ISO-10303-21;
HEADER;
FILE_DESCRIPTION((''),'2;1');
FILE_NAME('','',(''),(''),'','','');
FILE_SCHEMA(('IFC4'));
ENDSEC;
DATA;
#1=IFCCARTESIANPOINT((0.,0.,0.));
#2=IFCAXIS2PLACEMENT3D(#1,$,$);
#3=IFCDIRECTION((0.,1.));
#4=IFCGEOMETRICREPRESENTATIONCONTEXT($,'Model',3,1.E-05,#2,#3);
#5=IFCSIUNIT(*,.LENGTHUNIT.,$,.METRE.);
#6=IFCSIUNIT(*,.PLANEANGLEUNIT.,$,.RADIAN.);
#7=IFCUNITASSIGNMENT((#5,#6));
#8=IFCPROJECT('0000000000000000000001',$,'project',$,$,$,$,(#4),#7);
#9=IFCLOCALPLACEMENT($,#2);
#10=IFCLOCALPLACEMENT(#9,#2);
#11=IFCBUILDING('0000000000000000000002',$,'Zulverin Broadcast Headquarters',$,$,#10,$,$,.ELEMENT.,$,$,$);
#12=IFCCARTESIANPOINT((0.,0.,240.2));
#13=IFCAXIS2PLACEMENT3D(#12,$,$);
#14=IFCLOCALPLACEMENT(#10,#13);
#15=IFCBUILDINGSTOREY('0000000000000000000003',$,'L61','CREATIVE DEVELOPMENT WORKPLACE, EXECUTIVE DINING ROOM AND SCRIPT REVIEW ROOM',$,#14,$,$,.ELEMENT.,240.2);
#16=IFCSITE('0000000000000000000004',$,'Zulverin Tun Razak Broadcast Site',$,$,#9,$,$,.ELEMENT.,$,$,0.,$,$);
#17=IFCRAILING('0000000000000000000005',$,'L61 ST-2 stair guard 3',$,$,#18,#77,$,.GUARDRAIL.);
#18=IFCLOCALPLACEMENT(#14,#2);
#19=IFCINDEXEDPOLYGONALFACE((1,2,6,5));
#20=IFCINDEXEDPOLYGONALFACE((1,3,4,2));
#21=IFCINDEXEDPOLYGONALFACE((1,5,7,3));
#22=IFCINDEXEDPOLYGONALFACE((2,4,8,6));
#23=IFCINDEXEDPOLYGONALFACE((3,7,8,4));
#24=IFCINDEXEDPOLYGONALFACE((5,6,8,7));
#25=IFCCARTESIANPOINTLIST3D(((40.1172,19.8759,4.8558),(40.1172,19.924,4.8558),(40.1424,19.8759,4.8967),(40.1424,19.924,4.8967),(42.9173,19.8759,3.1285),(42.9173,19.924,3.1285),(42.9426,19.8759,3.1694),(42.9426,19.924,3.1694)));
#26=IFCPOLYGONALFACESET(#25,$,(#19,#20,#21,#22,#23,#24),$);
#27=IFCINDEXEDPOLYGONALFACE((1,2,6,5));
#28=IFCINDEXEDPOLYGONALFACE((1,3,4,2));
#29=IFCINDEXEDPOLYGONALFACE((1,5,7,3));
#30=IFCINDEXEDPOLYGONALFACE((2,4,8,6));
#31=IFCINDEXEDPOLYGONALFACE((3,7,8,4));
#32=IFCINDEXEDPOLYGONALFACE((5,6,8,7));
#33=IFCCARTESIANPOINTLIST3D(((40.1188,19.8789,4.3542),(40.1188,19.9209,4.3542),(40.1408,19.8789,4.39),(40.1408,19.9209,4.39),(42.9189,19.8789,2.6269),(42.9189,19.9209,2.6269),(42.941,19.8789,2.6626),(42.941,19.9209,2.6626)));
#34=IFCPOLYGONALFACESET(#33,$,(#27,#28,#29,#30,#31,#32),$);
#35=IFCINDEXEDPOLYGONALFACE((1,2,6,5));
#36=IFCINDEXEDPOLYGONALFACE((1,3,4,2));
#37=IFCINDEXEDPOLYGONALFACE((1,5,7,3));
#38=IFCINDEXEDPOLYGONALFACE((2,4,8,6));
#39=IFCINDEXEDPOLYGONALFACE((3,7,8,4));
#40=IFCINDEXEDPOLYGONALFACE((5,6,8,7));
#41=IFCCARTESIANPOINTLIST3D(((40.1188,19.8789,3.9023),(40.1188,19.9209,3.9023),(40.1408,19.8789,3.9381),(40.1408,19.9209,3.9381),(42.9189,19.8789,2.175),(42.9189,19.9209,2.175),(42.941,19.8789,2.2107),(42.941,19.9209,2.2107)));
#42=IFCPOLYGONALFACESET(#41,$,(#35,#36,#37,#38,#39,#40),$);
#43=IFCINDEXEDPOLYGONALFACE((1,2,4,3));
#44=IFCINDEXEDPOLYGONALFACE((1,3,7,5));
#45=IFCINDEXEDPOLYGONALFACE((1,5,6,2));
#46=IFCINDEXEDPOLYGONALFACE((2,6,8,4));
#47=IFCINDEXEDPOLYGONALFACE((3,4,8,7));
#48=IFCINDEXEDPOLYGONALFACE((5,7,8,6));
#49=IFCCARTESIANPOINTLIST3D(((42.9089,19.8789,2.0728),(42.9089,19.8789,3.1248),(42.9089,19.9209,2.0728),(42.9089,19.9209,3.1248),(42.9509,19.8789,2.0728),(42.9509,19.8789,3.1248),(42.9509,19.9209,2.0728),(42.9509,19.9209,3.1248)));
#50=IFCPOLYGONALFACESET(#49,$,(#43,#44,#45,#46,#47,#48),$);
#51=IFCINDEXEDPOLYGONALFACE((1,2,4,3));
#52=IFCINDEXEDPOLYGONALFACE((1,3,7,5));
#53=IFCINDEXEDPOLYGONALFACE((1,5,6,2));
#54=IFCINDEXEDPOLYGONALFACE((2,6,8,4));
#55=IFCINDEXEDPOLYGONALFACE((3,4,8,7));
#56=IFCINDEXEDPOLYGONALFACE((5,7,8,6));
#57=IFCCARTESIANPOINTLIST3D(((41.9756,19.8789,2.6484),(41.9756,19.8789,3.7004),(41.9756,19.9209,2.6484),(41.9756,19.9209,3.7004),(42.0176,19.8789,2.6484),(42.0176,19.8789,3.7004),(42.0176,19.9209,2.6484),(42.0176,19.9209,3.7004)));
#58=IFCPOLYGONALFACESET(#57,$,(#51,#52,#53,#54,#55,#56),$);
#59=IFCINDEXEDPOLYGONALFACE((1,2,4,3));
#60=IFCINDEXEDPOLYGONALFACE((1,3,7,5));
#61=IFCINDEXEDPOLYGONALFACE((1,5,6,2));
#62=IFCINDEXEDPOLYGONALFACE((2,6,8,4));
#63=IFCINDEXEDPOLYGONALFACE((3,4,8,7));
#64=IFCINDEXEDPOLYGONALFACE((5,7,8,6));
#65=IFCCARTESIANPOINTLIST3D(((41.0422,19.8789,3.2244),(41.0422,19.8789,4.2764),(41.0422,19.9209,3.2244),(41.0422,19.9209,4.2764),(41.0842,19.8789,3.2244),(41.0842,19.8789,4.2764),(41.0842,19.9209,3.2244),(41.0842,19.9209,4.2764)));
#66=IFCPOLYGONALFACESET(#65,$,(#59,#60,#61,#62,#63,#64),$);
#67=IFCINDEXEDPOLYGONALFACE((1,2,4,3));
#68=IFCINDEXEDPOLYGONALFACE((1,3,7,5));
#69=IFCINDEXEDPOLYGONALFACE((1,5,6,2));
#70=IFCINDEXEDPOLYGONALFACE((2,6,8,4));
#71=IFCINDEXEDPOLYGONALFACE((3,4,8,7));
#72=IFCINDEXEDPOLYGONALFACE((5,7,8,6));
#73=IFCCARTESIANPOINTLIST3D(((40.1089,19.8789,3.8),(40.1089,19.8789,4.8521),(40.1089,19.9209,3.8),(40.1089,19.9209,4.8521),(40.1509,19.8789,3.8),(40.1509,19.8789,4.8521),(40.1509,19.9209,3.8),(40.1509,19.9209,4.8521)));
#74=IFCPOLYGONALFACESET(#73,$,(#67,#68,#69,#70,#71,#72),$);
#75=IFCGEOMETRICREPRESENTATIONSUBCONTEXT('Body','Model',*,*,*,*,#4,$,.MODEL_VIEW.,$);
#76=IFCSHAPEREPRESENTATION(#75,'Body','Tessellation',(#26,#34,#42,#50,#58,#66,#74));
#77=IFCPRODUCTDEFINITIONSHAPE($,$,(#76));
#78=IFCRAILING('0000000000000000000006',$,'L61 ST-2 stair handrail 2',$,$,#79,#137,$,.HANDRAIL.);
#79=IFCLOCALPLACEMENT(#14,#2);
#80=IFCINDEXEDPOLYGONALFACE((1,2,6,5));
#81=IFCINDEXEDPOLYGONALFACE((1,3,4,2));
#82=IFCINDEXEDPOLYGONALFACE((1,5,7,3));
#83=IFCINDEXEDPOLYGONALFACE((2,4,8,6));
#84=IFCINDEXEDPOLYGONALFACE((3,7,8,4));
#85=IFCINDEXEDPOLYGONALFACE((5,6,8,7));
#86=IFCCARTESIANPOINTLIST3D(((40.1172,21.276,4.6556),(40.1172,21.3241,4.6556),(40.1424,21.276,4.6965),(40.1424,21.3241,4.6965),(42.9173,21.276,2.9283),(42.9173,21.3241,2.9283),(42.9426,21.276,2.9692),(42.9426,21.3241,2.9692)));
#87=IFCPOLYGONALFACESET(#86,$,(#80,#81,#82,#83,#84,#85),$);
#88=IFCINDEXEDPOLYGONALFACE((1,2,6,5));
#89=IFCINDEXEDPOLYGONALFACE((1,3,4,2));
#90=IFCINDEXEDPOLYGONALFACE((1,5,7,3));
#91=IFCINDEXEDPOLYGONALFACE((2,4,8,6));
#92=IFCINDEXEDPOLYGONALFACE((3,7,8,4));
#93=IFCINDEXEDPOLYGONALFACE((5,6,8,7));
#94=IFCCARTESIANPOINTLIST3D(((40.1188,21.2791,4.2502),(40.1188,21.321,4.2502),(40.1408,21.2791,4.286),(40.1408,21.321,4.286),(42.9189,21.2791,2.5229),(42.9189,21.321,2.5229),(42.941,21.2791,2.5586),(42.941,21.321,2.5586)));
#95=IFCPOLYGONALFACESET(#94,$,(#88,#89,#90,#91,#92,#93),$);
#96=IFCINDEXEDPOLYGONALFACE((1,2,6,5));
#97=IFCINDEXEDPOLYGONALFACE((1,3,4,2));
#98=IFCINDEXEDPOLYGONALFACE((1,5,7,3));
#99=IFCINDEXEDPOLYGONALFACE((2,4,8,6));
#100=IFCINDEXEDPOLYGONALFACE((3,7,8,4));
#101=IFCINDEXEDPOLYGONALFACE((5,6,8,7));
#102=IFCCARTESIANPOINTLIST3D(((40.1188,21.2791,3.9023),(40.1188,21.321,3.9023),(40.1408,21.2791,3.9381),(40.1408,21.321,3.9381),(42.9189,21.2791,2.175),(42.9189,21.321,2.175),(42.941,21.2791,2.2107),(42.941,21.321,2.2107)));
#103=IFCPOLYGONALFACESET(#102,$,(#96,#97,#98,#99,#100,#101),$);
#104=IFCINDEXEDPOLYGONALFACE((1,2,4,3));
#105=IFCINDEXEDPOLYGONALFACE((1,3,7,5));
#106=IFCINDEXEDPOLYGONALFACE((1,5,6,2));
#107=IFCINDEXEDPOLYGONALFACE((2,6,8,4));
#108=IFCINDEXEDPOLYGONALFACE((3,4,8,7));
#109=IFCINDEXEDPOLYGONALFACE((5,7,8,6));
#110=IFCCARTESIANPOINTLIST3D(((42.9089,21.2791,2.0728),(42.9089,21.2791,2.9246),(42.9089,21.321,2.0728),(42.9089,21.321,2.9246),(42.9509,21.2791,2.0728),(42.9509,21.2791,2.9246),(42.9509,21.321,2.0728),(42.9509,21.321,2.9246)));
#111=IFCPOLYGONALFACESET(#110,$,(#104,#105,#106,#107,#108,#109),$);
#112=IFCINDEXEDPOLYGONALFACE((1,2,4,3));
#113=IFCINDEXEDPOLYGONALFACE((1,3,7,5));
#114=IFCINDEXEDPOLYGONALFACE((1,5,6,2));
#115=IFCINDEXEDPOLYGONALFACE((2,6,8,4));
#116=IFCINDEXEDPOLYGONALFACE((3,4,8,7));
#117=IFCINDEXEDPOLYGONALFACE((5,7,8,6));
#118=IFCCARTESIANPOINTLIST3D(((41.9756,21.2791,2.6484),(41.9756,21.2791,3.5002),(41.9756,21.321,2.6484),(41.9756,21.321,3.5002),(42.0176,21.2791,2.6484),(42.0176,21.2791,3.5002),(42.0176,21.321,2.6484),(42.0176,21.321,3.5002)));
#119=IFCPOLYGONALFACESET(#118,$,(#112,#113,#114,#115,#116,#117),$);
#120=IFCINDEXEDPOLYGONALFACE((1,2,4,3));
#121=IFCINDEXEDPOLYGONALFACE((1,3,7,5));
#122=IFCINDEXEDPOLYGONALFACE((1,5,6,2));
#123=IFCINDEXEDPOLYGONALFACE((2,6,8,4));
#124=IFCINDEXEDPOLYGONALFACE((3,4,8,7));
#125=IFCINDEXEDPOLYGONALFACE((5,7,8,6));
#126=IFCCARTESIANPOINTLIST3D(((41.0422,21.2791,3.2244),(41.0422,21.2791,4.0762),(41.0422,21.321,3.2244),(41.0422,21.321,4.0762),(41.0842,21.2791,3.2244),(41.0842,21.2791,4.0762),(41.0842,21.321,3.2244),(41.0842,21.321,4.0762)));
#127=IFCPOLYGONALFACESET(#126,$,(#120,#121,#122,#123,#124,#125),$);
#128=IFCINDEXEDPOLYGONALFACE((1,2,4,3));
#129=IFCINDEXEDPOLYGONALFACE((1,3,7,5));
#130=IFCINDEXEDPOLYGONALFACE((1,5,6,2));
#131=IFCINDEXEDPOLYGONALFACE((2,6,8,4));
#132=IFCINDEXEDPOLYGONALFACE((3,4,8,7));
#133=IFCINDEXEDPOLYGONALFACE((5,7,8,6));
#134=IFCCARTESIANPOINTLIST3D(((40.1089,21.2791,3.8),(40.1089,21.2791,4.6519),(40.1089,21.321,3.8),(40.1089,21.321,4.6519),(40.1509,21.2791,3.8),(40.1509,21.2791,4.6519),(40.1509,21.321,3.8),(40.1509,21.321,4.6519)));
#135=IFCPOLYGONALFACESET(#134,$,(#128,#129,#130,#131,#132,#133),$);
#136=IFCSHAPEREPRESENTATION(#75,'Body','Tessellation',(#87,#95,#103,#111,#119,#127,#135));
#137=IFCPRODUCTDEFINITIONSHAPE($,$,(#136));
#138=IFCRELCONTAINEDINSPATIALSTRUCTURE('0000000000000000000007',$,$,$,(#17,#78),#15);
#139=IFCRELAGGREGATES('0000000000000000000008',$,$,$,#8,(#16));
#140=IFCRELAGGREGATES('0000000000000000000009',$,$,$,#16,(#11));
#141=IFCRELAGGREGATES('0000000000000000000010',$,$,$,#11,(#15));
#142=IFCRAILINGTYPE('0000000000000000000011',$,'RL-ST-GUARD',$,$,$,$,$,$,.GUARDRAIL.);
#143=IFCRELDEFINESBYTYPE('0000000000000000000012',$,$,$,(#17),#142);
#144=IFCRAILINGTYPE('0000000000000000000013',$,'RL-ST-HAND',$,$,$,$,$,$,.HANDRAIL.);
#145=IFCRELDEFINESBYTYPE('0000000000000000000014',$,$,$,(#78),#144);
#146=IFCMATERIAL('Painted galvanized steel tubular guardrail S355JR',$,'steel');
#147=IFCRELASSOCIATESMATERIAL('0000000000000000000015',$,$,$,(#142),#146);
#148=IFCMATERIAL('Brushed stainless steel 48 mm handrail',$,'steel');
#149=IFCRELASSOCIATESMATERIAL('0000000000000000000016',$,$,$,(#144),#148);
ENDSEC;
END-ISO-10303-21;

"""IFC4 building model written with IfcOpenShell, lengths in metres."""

from ifc_helpers import new_model, si_unit, direction, frame, origin, origin_2d, place, context, subcontext, project, spatial, rectangle, extrude, material, type_object, element, save


model = new_model("IFC4")

# Units and contexts
model_context = context("Model", 3, precision=1e-05, world=origin(), true_north=direction((0.0, 1.0)))
body_context = subcontext(model_context, "Body", "Model", "MODEL_VIEW")
ifc_project = project(units=[si_unit("LENGTHUNIT", "METRE"), si_unit("PLANEANGLEUNIT", "RADIAN")], contexts=[model_context])

# Site, building, storey
site_placement = place(None, origin())
site = spatial("IfcSite", under=ifc_project, at=site_placement, Name="Zulverin Tun Razak Broadcast Site", CompositionType="ELEMENT", RefElevation=0.0)
building_placement = place(site_placement, origin())
building = spatial("IfcBuilding", under=site, at=building_placement, Name="Zulverin Broadcast Headquarters", CompositionType="ELEMENT")
storey_placement = place(building_placement, frame((0.0, 0.0, 240.2)))
storey = spatial("IfcBuildingStorey", under=building, at=storey_placement, Name="L61", Description="CREATIVE DEVELOPMENT WORKPLACE, EXECUTIVE DINING ROOM AND SCRIPT REVIEW ROOM", CompositionType="ELEMENT", Elevation=240.2)

# Railings
ifc_material_1 = material(Name="Painted galvanized steel tubular guardrail S355JR", Category="steel")
railing_type_1 = type_object("IfcRailingType", Name="RL-ST-GUARD", PredefinedType="GUARDRAIL", material=ifc_material_1)
railing_1_placement = place(storey_placement, frame((42.9299, 19.8999, 2.0728)))
element("IfcRailing", 1, at=railing_1_placement, inside=storey, type_object=railing_type_1, Name="L61 ST-2 stair guard 3", PredefinedType="GUARDRAIL", context=body_context, shape_type="SweptSolid", body=[
    extrude(rectangle(XDim=0.0481, YDim=0.0481, at=origin_2d()), frame((0.0, 0.0, 1.0762), z_axis=(-0.85109, 0.0, 0.52502), x_axis=(0.0, -1.0, 0.0)), (0.0, 0.0, 1.0), 3.29),
    extrude(rectangle(XDim=0.042, YDim=0.042, at=origin_2d()), frame((0.0, 0.0, 0.572), z_axis=(-0.85109, 0.0, 0.52502), x_axis=(0.0, -1.0, 0.0)), (0.0, 0.0, 1.0), 3.29),
    extrude(rectangle(XDim=0.042, YDim=0.042, at=origin_2d()), frame((0.0, 0.0, 0.1201), z_axis=(-0.85109, 0.0, 0.52502), x_axis=(0.0, -1.0, 0.0)), (0.0, 0.0, 1.0), 3.29),
    extrude(rectangle(XDim=0.042, YDim=0.042, at=origin_2d()), origin(), (0.0, 0.0, 1.0), 1.052),
    extrude(rectangle(XDim=0.042, YDim=0.042, at=origin_2d()), frame((-0.9333, 0.0, 0.5757)), (0.0, 0.0, 1.0), 1.052),
    extrude(rectangle(XDim=0.042, YDim=0.042, at=origin_2d()), frame((-1.8667, 0.0, 1.1516)), (0.0, 0.0, 1.0), 1.052),
    extrude(rectangle(XDim=0.042, YDim=0.042, at=origin_2d()), frame((-2.8, 0.0, 1.7273)), (0.0, 0.0, 1.0), 1.052),
])
ifc_material_2 = material(Name="Brushed stainless steel 48 mm handrail", Category="steel")
railing_type_2 = type_object("IfcRailingType", Name="RL-ST-HAND", PredefinedType="HANDRAIL", material=ifc_material_2)
railing_2_placement = place(storey_placement, frame((42.9299, 21.3, 2.0728)))
element("IfcRailing", 2, at=railing_2_placement, inside=storey, type_object=railing_type_2, Name="L61 ST-2 stair handrail 2", PredefinedType="HANDRAIL", context=body_context, shape_type="SweptSolid", body=[
    extrude(rectangle(XDim=0.0481, YDim=0.0481, at=origin_2d()), frame((0.0, 0.0, 0.876), z_axis=(-0.85109, 0.0, 0.52502), x_axis=(0.0, -1.0, 0.0)), (0.0, 0.0, 1.0), 3.29),
    extrude(rectangle(XDim=0.042, YDim=0.042, at=origin_2d()), frame((0.0, 0.0, 0.468), z_axis=(-0.85109, 0.0, 0.52502), x_axis=(0.0, -1.0, 0.0)), (0.0, 0.0, 1.0), 3.29),
    extrude(rectangle(XDim=0.042, YDim=0.042, at=origin_2d()), frame((0.0, 0.0, 0.1201), z_axis=(-0.85109, 0.0, 0.52502), x_axis=(0.0, -1.0, 0.0)), (0.0, 0.0, 1.0), 3.29),
    extrude(rectangle(XDim=0.042, YDim=0.042, at=origin_2d()), origin(), (0.0, 0.0, 1.0), 0.8518),
    extrude(rectangle(XDim=0.042, YDim=0.042, at=origin_2d()), frame((-0.9333, 0.0, 0.5757)), (0.0, 0.0, 1.0), 0.8518),
    extrude(rectangle(XDim=0.042, YDim=0.042, at=origin_2d()), frame((-1.8667, 0.0, 1.1516)), (0.0, 0.0, 1.0), 0.8518),
    extrude(rectangle(XDim=0.042, YDim=0.042, at=origin_2d()), frame((-2.8, 0.0, 1.7273)), (0.0, 0.0, 1.0), 0.8518),
])

save(model, "model.ifc")
